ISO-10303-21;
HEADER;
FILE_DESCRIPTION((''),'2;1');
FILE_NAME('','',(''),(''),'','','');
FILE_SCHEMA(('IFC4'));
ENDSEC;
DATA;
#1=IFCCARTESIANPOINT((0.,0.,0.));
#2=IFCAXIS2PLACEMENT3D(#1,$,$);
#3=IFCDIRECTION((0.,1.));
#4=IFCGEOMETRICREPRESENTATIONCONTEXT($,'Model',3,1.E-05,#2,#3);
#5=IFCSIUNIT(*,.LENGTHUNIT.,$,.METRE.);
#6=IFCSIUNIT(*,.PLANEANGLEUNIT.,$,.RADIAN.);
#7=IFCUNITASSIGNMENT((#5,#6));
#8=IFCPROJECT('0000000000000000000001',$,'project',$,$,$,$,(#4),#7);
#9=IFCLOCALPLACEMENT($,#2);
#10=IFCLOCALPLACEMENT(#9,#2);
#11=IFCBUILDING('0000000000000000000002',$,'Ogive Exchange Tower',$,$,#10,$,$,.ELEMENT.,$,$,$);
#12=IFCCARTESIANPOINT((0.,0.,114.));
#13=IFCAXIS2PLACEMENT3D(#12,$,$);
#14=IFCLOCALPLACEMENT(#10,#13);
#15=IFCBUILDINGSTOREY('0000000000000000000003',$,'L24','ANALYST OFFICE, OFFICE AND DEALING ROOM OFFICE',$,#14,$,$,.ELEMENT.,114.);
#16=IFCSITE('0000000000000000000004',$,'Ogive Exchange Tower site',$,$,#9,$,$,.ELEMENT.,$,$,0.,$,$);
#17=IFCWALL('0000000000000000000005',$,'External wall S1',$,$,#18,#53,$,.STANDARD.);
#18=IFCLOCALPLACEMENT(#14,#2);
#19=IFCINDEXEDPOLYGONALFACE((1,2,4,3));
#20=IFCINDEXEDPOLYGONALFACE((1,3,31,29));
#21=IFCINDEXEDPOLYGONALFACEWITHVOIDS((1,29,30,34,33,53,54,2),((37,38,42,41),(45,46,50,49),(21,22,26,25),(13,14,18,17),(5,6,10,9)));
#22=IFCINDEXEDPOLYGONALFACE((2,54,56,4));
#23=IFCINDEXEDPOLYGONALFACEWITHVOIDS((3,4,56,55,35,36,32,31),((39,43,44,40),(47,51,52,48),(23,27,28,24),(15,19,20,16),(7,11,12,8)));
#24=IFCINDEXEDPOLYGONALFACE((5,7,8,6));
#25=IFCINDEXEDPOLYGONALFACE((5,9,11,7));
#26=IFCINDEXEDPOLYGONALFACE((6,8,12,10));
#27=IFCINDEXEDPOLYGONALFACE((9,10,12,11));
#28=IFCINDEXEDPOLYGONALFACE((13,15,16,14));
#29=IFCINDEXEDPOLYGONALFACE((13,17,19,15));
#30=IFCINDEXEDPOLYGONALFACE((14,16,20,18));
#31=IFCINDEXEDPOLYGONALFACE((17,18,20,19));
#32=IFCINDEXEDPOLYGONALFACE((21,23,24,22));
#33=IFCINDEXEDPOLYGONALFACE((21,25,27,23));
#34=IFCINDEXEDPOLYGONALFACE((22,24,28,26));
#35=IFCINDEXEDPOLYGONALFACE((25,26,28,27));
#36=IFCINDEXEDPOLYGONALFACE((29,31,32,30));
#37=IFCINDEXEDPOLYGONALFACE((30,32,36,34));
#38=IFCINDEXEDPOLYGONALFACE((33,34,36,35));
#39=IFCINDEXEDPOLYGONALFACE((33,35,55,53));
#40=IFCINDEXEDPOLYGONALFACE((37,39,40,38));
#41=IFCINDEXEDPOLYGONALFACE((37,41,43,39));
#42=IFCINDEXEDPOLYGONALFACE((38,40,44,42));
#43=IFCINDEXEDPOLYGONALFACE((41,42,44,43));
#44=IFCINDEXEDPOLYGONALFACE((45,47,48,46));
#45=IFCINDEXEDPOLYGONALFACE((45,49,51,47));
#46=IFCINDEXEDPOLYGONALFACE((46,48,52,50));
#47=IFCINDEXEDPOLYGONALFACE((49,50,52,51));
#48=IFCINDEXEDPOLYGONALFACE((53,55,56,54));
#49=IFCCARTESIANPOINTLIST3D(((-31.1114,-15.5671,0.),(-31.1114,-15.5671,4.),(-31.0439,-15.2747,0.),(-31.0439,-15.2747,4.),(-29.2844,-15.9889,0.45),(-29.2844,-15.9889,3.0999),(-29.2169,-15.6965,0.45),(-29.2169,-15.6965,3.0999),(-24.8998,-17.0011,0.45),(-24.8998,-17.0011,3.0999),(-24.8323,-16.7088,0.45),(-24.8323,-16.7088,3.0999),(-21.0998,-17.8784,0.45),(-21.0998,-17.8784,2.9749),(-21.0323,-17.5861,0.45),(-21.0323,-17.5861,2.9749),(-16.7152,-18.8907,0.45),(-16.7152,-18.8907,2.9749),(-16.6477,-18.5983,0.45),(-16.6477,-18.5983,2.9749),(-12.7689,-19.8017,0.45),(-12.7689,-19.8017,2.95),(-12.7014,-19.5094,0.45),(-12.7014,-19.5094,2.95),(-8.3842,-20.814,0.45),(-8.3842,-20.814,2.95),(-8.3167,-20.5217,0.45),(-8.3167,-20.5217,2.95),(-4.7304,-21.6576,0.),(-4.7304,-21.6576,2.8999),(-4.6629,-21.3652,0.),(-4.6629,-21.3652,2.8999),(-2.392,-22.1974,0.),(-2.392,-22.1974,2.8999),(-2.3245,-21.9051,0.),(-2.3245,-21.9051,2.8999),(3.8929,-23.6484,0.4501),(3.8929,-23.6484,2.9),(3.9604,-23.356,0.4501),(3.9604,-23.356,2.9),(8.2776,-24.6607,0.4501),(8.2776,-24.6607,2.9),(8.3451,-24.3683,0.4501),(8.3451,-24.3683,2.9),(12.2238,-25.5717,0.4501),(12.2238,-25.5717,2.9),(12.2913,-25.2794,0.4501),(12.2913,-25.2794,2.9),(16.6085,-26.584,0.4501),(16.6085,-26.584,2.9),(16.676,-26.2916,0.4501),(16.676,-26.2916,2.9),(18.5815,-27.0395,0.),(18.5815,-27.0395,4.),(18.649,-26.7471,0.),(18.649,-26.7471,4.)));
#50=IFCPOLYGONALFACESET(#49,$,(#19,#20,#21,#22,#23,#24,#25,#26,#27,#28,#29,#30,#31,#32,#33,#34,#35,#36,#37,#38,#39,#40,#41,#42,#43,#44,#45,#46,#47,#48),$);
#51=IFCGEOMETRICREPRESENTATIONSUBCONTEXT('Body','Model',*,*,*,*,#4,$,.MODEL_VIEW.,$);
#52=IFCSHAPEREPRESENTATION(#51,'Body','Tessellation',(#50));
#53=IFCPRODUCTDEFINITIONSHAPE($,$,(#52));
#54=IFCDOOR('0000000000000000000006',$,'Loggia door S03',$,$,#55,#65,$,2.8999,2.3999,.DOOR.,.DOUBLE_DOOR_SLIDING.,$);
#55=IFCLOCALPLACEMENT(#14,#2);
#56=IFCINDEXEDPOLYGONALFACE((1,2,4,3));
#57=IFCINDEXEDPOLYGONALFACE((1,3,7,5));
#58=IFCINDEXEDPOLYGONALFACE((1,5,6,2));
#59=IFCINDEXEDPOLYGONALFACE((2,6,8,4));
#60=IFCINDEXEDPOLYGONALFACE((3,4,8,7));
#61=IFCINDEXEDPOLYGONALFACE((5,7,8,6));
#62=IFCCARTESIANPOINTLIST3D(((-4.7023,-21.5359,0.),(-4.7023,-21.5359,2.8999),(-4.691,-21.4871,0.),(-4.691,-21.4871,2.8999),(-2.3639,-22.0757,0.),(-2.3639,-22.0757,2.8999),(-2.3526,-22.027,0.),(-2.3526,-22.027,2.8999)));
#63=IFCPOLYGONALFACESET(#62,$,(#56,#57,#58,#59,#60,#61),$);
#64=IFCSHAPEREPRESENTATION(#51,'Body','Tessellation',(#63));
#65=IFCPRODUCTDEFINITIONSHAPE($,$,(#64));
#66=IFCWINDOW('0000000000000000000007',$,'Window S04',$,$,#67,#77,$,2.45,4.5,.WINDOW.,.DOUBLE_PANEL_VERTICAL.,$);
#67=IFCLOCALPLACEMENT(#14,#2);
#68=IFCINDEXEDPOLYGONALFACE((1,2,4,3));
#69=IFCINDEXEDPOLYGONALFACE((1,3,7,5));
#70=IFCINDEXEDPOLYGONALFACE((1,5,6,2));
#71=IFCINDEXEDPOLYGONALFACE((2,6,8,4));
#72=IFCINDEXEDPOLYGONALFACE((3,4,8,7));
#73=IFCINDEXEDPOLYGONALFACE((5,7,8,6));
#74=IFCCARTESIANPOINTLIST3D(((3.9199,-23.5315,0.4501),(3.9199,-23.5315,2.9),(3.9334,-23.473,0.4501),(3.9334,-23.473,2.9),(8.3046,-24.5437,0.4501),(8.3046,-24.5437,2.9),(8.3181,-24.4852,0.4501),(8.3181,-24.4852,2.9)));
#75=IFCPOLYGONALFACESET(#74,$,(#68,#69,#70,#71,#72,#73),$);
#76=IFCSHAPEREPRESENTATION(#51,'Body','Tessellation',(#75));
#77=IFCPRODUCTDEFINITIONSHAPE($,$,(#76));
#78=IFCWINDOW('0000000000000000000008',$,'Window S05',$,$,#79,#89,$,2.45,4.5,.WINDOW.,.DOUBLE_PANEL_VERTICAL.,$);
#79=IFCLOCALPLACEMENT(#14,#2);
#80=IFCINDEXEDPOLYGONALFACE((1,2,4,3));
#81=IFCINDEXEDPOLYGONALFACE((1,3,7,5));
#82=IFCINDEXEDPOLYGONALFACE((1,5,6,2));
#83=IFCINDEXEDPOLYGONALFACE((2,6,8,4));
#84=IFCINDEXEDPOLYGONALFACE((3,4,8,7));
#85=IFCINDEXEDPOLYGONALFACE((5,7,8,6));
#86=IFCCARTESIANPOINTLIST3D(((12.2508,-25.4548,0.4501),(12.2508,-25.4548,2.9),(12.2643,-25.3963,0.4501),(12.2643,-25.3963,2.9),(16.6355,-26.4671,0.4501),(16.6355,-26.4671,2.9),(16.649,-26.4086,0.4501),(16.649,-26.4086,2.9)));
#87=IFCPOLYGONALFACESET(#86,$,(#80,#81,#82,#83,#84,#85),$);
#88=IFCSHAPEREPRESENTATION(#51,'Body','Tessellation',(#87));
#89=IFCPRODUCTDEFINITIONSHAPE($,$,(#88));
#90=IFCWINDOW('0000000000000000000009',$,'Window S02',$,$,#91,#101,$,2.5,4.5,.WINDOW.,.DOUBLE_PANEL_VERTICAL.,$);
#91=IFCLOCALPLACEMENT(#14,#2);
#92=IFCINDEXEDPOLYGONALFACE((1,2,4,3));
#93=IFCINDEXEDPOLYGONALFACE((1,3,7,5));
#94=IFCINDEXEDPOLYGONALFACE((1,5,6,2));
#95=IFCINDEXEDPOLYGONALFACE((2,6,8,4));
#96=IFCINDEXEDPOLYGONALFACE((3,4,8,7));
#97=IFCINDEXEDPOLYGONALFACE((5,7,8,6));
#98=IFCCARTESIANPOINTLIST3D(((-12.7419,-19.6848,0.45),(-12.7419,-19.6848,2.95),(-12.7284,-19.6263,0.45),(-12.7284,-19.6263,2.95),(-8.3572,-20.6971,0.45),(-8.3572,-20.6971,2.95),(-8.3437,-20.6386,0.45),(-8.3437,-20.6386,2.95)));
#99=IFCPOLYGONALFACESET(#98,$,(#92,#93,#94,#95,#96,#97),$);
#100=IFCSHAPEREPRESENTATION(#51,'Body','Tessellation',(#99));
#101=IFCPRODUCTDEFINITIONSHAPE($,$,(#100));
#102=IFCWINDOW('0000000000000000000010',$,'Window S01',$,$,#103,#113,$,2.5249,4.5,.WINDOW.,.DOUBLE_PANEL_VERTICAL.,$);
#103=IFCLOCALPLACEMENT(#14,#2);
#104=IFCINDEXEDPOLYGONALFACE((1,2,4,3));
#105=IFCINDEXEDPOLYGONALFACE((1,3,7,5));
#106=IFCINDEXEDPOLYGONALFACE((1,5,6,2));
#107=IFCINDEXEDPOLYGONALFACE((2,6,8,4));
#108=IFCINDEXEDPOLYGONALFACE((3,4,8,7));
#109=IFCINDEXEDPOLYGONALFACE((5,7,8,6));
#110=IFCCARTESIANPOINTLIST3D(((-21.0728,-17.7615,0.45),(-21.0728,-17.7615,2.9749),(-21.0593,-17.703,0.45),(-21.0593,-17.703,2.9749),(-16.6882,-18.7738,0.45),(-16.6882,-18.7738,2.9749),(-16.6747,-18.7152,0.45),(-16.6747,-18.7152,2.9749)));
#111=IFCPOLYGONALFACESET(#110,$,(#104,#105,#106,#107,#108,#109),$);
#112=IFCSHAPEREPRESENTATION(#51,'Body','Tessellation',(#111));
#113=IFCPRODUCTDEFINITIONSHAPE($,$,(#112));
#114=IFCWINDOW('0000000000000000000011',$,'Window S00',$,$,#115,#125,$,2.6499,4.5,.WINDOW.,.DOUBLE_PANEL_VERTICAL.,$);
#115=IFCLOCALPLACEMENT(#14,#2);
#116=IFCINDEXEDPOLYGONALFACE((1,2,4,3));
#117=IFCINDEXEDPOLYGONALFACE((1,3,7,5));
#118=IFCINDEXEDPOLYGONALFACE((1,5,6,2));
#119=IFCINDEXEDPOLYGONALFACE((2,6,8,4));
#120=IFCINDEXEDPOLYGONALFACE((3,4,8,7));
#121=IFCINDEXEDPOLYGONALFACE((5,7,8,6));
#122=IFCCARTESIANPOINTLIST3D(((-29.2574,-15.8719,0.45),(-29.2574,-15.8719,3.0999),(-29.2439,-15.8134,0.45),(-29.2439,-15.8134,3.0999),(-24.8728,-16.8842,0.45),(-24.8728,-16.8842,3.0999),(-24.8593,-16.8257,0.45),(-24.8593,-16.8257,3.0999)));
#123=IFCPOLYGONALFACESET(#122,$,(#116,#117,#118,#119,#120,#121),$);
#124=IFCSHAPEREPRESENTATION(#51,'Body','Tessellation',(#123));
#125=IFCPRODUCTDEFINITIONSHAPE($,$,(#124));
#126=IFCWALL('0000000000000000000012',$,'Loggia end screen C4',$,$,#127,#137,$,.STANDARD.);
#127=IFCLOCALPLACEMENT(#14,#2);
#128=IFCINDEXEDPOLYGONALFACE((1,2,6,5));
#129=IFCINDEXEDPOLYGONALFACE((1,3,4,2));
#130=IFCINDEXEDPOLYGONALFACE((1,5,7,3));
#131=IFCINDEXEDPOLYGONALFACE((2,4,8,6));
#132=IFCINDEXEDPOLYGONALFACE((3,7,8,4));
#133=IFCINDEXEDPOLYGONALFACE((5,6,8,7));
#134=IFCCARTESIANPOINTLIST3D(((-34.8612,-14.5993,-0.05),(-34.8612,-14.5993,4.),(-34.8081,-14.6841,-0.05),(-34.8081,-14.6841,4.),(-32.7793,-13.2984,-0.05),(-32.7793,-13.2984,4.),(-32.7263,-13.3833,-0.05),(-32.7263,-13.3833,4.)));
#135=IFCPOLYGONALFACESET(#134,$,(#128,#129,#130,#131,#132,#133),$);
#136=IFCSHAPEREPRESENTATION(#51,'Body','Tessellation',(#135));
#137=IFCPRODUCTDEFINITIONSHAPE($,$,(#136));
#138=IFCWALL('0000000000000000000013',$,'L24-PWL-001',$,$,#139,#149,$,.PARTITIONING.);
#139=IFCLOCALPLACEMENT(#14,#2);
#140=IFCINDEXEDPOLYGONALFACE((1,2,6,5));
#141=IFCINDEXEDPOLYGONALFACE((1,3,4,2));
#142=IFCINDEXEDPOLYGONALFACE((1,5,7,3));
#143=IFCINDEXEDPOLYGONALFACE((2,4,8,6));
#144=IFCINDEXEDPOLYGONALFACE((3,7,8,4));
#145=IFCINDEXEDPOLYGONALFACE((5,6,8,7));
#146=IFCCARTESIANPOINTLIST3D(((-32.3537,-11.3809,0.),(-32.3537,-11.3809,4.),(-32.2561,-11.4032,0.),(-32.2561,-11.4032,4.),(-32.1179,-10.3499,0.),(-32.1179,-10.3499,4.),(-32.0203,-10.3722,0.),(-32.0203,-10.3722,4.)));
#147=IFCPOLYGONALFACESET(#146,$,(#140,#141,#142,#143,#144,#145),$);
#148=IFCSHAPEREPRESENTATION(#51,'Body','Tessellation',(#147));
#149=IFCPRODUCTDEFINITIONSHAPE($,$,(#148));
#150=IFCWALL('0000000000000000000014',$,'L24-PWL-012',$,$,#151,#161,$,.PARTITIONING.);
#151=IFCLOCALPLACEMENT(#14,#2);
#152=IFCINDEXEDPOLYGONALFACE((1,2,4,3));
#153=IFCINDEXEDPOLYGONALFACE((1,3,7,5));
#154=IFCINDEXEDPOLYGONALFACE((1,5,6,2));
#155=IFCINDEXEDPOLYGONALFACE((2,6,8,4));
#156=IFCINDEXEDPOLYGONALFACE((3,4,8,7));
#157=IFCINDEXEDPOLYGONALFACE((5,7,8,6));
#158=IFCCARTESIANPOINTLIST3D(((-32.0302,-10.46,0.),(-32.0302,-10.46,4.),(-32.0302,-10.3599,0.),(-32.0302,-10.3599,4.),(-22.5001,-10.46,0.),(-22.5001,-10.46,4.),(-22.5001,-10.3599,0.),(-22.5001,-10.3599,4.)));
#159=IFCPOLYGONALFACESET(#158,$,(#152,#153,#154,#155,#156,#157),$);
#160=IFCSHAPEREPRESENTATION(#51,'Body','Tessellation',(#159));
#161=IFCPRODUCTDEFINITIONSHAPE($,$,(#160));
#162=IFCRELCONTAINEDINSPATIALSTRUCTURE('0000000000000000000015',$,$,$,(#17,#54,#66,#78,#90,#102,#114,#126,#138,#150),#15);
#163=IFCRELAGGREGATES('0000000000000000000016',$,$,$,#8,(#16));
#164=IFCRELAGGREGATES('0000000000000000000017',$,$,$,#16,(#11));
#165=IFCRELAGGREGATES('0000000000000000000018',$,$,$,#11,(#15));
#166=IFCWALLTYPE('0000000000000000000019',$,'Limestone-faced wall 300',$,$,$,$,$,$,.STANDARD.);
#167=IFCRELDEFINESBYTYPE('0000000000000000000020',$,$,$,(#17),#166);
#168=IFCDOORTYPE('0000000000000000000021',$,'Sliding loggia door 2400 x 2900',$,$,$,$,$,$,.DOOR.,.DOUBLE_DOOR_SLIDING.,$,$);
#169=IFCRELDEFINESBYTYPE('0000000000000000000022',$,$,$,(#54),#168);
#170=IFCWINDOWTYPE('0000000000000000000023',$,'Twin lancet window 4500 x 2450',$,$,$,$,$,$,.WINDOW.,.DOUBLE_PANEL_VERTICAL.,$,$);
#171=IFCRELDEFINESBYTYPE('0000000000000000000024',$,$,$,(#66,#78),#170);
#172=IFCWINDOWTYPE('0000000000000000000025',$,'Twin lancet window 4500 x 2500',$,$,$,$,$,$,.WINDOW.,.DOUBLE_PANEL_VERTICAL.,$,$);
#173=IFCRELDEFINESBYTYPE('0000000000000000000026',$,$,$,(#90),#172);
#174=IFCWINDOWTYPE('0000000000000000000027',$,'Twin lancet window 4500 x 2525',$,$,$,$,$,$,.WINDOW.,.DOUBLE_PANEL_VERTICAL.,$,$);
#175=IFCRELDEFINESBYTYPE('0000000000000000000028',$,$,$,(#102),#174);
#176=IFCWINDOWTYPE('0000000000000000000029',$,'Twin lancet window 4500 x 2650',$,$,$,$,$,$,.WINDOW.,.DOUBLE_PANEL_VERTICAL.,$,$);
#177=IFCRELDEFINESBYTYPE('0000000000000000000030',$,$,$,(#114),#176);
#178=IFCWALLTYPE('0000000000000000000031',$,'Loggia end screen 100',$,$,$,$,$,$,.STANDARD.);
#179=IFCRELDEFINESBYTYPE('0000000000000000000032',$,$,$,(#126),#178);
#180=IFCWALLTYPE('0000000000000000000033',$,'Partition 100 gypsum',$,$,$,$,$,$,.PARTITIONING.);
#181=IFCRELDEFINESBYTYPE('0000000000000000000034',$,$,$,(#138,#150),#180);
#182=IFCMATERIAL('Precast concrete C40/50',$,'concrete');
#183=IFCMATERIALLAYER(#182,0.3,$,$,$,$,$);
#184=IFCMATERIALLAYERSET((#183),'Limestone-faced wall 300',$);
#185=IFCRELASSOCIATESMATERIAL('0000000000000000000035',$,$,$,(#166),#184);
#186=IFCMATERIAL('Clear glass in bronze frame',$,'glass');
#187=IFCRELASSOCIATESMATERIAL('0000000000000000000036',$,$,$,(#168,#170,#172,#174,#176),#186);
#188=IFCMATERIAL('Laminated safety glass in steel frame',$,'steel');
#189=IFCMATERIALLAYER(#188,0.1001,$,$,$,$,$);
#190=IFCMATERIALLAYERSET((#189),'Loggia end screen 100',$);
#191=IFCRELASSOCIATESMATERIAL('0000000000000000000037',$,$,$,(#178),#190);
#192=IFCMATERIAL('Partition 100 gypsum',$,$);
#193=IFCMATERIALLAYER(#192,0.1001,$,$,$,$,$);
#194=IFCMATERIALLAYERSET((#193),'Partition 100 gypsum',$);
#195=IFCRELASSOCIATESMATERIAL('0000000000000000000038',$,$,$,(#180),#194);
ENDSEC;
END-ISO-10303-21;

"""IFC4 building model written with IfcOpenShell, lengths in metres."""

from ifc_helpers import new_model, si_unit, direction, frame, frame_2d, origin, place, context, subcontext, project, spatial, rectangle, extrude, material, layer, layer_set, type_object, element, fill, save


model = new_model("IFC4")

# Units and contexts
model_context = context("Model", 3, precision=1e-05, world=origin(), true_north=direction((0.0, 1.0)))
body_context = subcontext(model_context, "Body", "Model", "MODEL_VIEW")
ifc_project = project(units=[si_unit("LENGTHUNIT", "METRE"), si_unit("PLANEANGLEUNIT", "RADIAN")], contexts=[model_context])

# Site, building, storey
site_placement = place(None, origin())
site = spatial("IfcSite", under=ifc_project, at=site_placement, Name="Ogive Exchange Tower site", CompositionType="ELEMENT", RefElevation=0.0)
building_placement = place(site_placement, origin())
building = spatial("IfcBuilding", under=site, at=building_placement, Name="Ogive Exchange Tower", CompositionType="ELEMENT")
storey_placement = place(building_placement, frame((0.0, 0.0, 114.0)))
storey = spatial("IfcBuildingStorey", under=building, at=storey_placement, Name="L24", Description="ANALYST OFFICE, OFFICE AND DEALING ROOM OFFICE", CompositionType="ELEMENT", Elevation=114.0)

# Wall, openings, door, windows
ifc_material_1 = material(Name="Precast concrete C40/50", Category="concrete")
ifc_layer_1 = layer(ifc_material_1, 0.3)
ifc_layer_set_1 = layer_set([ifc_layer_1], Name="Limestone-faced wall 300")
wall_type_1 = type_object("IfcWallType", Name="Limestone-faced wall 300", PredefinedType="STANDARD", material=ifc_layer_set_1)
wall_1_placement = place(storey_placement, frame((-31.0776, -15.4209, 0.0), z_axis=(0.0, 0.0, 1.0), x_axis=(0.97437, -0.224949, 0.0)))
wall_1 = element("IfcWall", 1, at=wall_1_placement, inside=storey, type_object=wall_type_1, Name="External wall S1", PredefinedType="STANDARD", context=body_context, shape_type="SweptSolid", body=[
    extrude(rectangle(XDim=51.0, YDim=0.3, at=frame_2d((25.5, 0.0))), origin(), (0.0, 0.0, 1.0), 4.0),
])
opening_1_placement = place(wall_1_placement, frame((1.875, 0.0, 0.45)))
opening_1 = element("IfcOpeningElement", 2, at=opening_1_placement, cuts=wall_1, PredefinedType="OPENING", context=body_context, shape_type="SweptSolid", body=[
    extrude(rectangle(XDim=4.5, YDim=2.6499, at=frame_2d((2.25, 1.325))), frame((0.0, 0.1599, 0.0), z_axis=(0.0, -1.0, 0.0), x_axis=(1.0, 0.0, 0.0)), (0.0, 0.0, 1.0), 0.3201),
])
opening_2_placement = place(wall_1_placement, frame((10.2749, 0.0, 0.45)))
opening_2 = element("IfcOpeningElement", 3, at=opening_2_placement, cuts=wall_1, PredefinedType="OPENING", context=body_context, shape_type="SweptSolid", body=[
    extrude(rectangle(XDim=4.5, YDim=2.5249, at=frame_2d((2.25, 1.2625))), frame((0.0, 0.1599, 0.0), z_axis=(0.0, -1.0, 0.0), x_axis=(1.0, 0.0, 0.0)), (0.0, 0.0, 1.0), 0.3201),
])
opening_3_placement = place(wall_1_placement, frame((18.825, 0.0, 0.45)))
opening_3 = element("IfcOpeningElement", 4, at=opening_3_placement, cuts=wall_1, PredefinedType="OPENING", context=body_context, shape_type="SweptSolid", body=[
    extrude(rectangle(XDim=4.5, YDim=2.5, at=frame_2d((2.25, 1.25))), frame((0.0, 0.1599, 0.0), z_axis=(0.0, -1.0, 0.0), x_axis=(1.0, 0.0, 0.0)), (0.0, 0.0, 1.0), 0.3201),
])
opening_4_placement = place(wall_1_placement, frame((27.075, 0.0, 0.0)))
opening_4 = element("IfcOpeningElement", 5, at=opening_4_placement, cuts=wall_1, PredefinedType="OPENING", context=body_context, shape_type="SweptSolid", body=[
    extrude(rectangle(XDim=2.3999, YDim=2.8999, at=frame_2d((1.2, 1.45))), frame((0.0, 0.1599, 0.0), z_axis=(0.0, -1.0, 0.0), x_axis=(1.0, 0.0, 0.0)), (0.0, 0.0, 1.0), 0.3201),
])
opening_5_placement = place(wall_1_placement, frame((35.925, 0.0, 0.45)))
opening_5 = element("IfcOpeningElement", 6, at=opening_5_placement, cuts=wall_1, PredefinedType="OPENING", context=body_context, shape_type="SweptSolid", body=[
    extrude(rectangle(XDim=4.5, YDim=2.45, at=frame_2d((2.25, 1.2251))), frame((0.0, 0.1599, 0.0), z_axis=(0.0, -1.0, 0.0), x_axis=(1.0, 0.0, 0.0)), (0.0, 0.0, 1.0), 0.3201),
])
opening_6_placement = place(wall_1_placement, frame((44.4751, 0.0, 0.45)))
opening_6 = element("IfcOpeningElement", 7, at=opening_6_placement, cuts=wall_1, PredefinedType="OPENING", context=body_context, shape_type="SweptSolid", body=[
    extrude(rectangle(XDim=4.5, YDim=2.45, at=frame_2d((2.25, 1.2251))), frame((0.0, 0.1599, 0.0), z_axis=(0.0, -1.0, 0.0), x_axis=(1.0, 0.0, 0.0)), (0.0, 0.0, 1.0), 0.3201),
])
ifc_material_2 = material(Name="Clear glass in bronze frame", Category="glass")
door_type = type_object("IfcDoorType", Name="Sliding loggia door 2400 x 2900", OperationType="DOUBLE_DOOR_SLIDING", PredefinedType="DOOR", material=ifc_material_2)
door_placement = place(opening_4_placement, origin())
door = element("IfcDoor", 8, at=door_placement, inside=storey, type_object=door_type, Name="Loggia door S03", OperationType="DOUBLE_DOOR_SLIDING", OverallHeight=2.8999, OverallWidth=2.3999, PredefinedType="DOOR", context=body_context, shape_type="SweptSolid", body=[
    extrude(rectangle(XDim=2.3999, YDim=2.8999, at=frame_2d((1.2, 1.45))), frame((0.0, 0.0249, 0.0), z_axis=(0.0, -1.0, 0.0), x_axis=(1.0, 0.0, 0.0)), (0.0, 0.0, 1.0), 0.05),
])
fill(opening_4, door)
window_type_1 = type_object("IfcWindowType", Name="Twin lancet window 4500 x 2450", PartitioningType="DOUBLE_PANEL_VERTICAL", PredefinedType="WINDOW", material=ifc_material_2)
window_1_placement = place(opening_5_placement, origin())
window_1 = element("IfcWindow", 9, at=window_1_placement, inside=storey, type_object=window_type_1, Name="Window S04", OverallHeight=2.45, OverallWidth=4.5, PartitioningType="DOUBLE_PANEL_VERTICAL", PredefinedType="WINDOW", context=body_context, shape_type="SweptSolid", body=[
    extrude(rectangle(XDim=4.5, YDim=2.45, at=frame_2d((2.25, 1.2251))), frame((0.0, 0.03, 0.0), z_axis=(0.0, -1.0, 0.0), x_axis=(1.0, 0.0, 0.0)), (0.0, 0.0, 1.0), 0.0601),
])
fill(opening_5, window_1)
window_2_placement = place(opening_6_placement, origin())
window_2 = element("IfcWindow", 10, at=window_2_placement, inside=storey, type_object=window_type_1, Name="Window S05", OverallHeight=2.45, OverallWidth=4.5, PartitioningType="DOUBLE_PANEL_VERTICAL", PredefinedType="WINDOW", context=body_context, shape_type="SweptSolid", body=[
    extrude(rectangle(XDim=4.5, YDim=2.45, at=frame_2d((2.25, 1.2251))), frame((0.0, 0.03, 0.0), z_axis=(0.0, -1.0, 0.0), x_axis=(1.0, 0.0, 0.0)), (0.0, 0.0, 1.0), 0.0601),
])
fill(opening_6, window_2)
window_type_2 = type_object("IfcWindowType", Name="Twin lancet window 4500 x 2500", PartitioningType="DOUBLE_PANEL_VERTICAL", PredefinedType="WINDOW", material=ifc_material_2)
window_3_placement = place(opening_3_placement, origin())
window_3 = element("IfcWindow", 11, at=window_3_placement, inside=storey, type_object=window_type_2, Name="Window S02", OverallHeight=2.5, OverallWidth=4.5, PartitioningType="DOUBLE_PANEL_VERTICAL", PredefinedType="WINDOW", context=body_context, shape_type="SweptSolid", body=[
    extrude(rectangle(XDim=4.5, YDim=2.5, at=frame_2d((2.25, 1.25))), frame((0.0, 0.03, 0.0), z_axis=(0.0, -1.0, 0.0), x_axis=(1.0, 0.0, 0.0)), (0.0, 0.0, 1.0), 0.0601),
])
fill(opening_3, window_3)
window_type_3 = type_object("IfcWindowType", Name="Twin lancet window 4500 x 2525", PartitioningType="DOUBLE_PANEL_VERTICAL", PredefinedType="WINDOW", material=ifc_material_2)
window_4_placement = place(opening_2_placement, origin())
window_4 = element("IfcWindow", 12, at=window_4_placement, inside=storey, type_object=window_type_3, Name="Window S01", OverallHeight=2.5249, OverallWidth=4.5, PartitioningType="DOUBLE_PANEL_VERTICAL", PredefinedType="WINDOW", context=body_context, shape_type="SweptSolid", body=[
    extrude(rectangle(XDim=4.5, YDim=2.5249, at=frame_2d((2.25, 1.2625))), frame((0.0, 0.03, 0.0), z_axis=(0.0, -1.0, 0.0), x_axis=(1.0, 0.0, 0.0)), (0.0, 0.0, 1.0), 0.0601),
])
fill(opening_2, window_4)
window_type_4 = type_object("IfcWindowType", Name="Twin lancet window 4500 x 2650", PartitioningType="DOUBLE_PANEL_VERTICAL", PredefinedType="WINDOW", material=ifc_material_2)
window_5_placement = place(opening_1_placement, origin())
window_5 = element("IfcWindow", 13, at=window_5_placement, inside=storey, type_object=window_type_4, Name="Window S00", OverallHeight=2.6499, OverallWidth=4.5, PartitioningType="DOUBLE_PANEL_VERTICAL", PredefinedType="WINDOW", context=body_context, shape_type="SweptSolid", body=[
    extrude(rectangle(XDim=4.5, YDim=2.6499, at=frame_2d((2.25, 1.325))), frame((0.0, 0.03, 0.0), z_axis=(0.0, -1.0, 0.0), x_axis=(1.0, 0.0, 0.0)), (0.0, 0.0, 1.0), 0.0601),
])
fill(opening_1, window_5)

# Walls
ifc_material_3 = material(Name="Laminated safety glass in steel frame", Category="steel")
ifc_layer_2 = layer(ifc_material_3, 0.1001)
ifc_layer_set_2 = layer_set([ifc_layer_2], Name="Loggia end screen 100")
wall_type_2 = type_object("IfcWallType", Name="Loggia end screen 100", PredefinedType="STANDARD", material=ifc_layer_set_2)
wall_2_placement = place(storey_placement, frame((-32.7527, -13.3408, -0.05), z_axis=(0.0, 0.0, 1.0), x_axis=(-0.84806, -0.529901, 0.0)))
element("IfcWall", 14, at=wall_2_placement, inside=storey, type_object=wall_type_2, Name="Loggia end screen C4", PredefinedType="STANDARD", context=body_context, shape_type="SweptSolid", body=[
    extrude(rectangle(XDim=2.4548, YDim=0.1001, at=frame_2d((1.2275, 0.0))), origin(), (0.0, 0.0, 1.0), 4.05),
])
ifc_material_4 = material(Name="Partition 100 gypsum")
ifc_layer_3 = layer(ifc_material_4, 0.1001)
ifc_layer_set_3 = layer_set([ifc_layer_3], Name="Partition 100 gypsum")
wall_type_3 = type_object("IfcWallType", Name="Partition 100 gypsum", PredefinedType="PARTITIONING", material=ifc_layer_set_3)
wall_3_placement = place(storey_placement, frame((-32.0691, -10.3611, 0.0), z_axis=(0.0, 0.0, 1.0), x_axis=(-0.222988, -0.974821, 0.0)))
element("IfcWall", 15, at=wall_3_placement, inside=storey, type_object=wall_type_3, Name="L24-PWL-001", PredefinedType="PARTITIONING", context=body_context, shape_type="SweptSolid", body=[
    extrude(rectangle(XDim=1.0576, YDim=0.1001, at=frame_2d((0.5288, 0.0))), origin(), (0.0, 0.0, 1.0), 4.0),
])
wall_4_placement = place(storey_placement, frame((-22.5, -10.4099, 0.0), z_axis=(0.0, 0.0, 1.0), x_axis=(-1.0, 0.0, 0.0)))
element("IfcWall", 16, at=wall_4_placement, inside=storey, type_object=wall_type_3, Name="L24-PWL-012", PredefinedType="PARTITIONING", context=body_context, shape_type="SweptSolid", body=[
    extrude(rectangle(XDim=9.53, YDim=0.1001, at=frame_2d((4.7651, 0.0))), origin(), (0.0, 0.0, 1.0), 4.0),
])

save(model, "model.ifc")
